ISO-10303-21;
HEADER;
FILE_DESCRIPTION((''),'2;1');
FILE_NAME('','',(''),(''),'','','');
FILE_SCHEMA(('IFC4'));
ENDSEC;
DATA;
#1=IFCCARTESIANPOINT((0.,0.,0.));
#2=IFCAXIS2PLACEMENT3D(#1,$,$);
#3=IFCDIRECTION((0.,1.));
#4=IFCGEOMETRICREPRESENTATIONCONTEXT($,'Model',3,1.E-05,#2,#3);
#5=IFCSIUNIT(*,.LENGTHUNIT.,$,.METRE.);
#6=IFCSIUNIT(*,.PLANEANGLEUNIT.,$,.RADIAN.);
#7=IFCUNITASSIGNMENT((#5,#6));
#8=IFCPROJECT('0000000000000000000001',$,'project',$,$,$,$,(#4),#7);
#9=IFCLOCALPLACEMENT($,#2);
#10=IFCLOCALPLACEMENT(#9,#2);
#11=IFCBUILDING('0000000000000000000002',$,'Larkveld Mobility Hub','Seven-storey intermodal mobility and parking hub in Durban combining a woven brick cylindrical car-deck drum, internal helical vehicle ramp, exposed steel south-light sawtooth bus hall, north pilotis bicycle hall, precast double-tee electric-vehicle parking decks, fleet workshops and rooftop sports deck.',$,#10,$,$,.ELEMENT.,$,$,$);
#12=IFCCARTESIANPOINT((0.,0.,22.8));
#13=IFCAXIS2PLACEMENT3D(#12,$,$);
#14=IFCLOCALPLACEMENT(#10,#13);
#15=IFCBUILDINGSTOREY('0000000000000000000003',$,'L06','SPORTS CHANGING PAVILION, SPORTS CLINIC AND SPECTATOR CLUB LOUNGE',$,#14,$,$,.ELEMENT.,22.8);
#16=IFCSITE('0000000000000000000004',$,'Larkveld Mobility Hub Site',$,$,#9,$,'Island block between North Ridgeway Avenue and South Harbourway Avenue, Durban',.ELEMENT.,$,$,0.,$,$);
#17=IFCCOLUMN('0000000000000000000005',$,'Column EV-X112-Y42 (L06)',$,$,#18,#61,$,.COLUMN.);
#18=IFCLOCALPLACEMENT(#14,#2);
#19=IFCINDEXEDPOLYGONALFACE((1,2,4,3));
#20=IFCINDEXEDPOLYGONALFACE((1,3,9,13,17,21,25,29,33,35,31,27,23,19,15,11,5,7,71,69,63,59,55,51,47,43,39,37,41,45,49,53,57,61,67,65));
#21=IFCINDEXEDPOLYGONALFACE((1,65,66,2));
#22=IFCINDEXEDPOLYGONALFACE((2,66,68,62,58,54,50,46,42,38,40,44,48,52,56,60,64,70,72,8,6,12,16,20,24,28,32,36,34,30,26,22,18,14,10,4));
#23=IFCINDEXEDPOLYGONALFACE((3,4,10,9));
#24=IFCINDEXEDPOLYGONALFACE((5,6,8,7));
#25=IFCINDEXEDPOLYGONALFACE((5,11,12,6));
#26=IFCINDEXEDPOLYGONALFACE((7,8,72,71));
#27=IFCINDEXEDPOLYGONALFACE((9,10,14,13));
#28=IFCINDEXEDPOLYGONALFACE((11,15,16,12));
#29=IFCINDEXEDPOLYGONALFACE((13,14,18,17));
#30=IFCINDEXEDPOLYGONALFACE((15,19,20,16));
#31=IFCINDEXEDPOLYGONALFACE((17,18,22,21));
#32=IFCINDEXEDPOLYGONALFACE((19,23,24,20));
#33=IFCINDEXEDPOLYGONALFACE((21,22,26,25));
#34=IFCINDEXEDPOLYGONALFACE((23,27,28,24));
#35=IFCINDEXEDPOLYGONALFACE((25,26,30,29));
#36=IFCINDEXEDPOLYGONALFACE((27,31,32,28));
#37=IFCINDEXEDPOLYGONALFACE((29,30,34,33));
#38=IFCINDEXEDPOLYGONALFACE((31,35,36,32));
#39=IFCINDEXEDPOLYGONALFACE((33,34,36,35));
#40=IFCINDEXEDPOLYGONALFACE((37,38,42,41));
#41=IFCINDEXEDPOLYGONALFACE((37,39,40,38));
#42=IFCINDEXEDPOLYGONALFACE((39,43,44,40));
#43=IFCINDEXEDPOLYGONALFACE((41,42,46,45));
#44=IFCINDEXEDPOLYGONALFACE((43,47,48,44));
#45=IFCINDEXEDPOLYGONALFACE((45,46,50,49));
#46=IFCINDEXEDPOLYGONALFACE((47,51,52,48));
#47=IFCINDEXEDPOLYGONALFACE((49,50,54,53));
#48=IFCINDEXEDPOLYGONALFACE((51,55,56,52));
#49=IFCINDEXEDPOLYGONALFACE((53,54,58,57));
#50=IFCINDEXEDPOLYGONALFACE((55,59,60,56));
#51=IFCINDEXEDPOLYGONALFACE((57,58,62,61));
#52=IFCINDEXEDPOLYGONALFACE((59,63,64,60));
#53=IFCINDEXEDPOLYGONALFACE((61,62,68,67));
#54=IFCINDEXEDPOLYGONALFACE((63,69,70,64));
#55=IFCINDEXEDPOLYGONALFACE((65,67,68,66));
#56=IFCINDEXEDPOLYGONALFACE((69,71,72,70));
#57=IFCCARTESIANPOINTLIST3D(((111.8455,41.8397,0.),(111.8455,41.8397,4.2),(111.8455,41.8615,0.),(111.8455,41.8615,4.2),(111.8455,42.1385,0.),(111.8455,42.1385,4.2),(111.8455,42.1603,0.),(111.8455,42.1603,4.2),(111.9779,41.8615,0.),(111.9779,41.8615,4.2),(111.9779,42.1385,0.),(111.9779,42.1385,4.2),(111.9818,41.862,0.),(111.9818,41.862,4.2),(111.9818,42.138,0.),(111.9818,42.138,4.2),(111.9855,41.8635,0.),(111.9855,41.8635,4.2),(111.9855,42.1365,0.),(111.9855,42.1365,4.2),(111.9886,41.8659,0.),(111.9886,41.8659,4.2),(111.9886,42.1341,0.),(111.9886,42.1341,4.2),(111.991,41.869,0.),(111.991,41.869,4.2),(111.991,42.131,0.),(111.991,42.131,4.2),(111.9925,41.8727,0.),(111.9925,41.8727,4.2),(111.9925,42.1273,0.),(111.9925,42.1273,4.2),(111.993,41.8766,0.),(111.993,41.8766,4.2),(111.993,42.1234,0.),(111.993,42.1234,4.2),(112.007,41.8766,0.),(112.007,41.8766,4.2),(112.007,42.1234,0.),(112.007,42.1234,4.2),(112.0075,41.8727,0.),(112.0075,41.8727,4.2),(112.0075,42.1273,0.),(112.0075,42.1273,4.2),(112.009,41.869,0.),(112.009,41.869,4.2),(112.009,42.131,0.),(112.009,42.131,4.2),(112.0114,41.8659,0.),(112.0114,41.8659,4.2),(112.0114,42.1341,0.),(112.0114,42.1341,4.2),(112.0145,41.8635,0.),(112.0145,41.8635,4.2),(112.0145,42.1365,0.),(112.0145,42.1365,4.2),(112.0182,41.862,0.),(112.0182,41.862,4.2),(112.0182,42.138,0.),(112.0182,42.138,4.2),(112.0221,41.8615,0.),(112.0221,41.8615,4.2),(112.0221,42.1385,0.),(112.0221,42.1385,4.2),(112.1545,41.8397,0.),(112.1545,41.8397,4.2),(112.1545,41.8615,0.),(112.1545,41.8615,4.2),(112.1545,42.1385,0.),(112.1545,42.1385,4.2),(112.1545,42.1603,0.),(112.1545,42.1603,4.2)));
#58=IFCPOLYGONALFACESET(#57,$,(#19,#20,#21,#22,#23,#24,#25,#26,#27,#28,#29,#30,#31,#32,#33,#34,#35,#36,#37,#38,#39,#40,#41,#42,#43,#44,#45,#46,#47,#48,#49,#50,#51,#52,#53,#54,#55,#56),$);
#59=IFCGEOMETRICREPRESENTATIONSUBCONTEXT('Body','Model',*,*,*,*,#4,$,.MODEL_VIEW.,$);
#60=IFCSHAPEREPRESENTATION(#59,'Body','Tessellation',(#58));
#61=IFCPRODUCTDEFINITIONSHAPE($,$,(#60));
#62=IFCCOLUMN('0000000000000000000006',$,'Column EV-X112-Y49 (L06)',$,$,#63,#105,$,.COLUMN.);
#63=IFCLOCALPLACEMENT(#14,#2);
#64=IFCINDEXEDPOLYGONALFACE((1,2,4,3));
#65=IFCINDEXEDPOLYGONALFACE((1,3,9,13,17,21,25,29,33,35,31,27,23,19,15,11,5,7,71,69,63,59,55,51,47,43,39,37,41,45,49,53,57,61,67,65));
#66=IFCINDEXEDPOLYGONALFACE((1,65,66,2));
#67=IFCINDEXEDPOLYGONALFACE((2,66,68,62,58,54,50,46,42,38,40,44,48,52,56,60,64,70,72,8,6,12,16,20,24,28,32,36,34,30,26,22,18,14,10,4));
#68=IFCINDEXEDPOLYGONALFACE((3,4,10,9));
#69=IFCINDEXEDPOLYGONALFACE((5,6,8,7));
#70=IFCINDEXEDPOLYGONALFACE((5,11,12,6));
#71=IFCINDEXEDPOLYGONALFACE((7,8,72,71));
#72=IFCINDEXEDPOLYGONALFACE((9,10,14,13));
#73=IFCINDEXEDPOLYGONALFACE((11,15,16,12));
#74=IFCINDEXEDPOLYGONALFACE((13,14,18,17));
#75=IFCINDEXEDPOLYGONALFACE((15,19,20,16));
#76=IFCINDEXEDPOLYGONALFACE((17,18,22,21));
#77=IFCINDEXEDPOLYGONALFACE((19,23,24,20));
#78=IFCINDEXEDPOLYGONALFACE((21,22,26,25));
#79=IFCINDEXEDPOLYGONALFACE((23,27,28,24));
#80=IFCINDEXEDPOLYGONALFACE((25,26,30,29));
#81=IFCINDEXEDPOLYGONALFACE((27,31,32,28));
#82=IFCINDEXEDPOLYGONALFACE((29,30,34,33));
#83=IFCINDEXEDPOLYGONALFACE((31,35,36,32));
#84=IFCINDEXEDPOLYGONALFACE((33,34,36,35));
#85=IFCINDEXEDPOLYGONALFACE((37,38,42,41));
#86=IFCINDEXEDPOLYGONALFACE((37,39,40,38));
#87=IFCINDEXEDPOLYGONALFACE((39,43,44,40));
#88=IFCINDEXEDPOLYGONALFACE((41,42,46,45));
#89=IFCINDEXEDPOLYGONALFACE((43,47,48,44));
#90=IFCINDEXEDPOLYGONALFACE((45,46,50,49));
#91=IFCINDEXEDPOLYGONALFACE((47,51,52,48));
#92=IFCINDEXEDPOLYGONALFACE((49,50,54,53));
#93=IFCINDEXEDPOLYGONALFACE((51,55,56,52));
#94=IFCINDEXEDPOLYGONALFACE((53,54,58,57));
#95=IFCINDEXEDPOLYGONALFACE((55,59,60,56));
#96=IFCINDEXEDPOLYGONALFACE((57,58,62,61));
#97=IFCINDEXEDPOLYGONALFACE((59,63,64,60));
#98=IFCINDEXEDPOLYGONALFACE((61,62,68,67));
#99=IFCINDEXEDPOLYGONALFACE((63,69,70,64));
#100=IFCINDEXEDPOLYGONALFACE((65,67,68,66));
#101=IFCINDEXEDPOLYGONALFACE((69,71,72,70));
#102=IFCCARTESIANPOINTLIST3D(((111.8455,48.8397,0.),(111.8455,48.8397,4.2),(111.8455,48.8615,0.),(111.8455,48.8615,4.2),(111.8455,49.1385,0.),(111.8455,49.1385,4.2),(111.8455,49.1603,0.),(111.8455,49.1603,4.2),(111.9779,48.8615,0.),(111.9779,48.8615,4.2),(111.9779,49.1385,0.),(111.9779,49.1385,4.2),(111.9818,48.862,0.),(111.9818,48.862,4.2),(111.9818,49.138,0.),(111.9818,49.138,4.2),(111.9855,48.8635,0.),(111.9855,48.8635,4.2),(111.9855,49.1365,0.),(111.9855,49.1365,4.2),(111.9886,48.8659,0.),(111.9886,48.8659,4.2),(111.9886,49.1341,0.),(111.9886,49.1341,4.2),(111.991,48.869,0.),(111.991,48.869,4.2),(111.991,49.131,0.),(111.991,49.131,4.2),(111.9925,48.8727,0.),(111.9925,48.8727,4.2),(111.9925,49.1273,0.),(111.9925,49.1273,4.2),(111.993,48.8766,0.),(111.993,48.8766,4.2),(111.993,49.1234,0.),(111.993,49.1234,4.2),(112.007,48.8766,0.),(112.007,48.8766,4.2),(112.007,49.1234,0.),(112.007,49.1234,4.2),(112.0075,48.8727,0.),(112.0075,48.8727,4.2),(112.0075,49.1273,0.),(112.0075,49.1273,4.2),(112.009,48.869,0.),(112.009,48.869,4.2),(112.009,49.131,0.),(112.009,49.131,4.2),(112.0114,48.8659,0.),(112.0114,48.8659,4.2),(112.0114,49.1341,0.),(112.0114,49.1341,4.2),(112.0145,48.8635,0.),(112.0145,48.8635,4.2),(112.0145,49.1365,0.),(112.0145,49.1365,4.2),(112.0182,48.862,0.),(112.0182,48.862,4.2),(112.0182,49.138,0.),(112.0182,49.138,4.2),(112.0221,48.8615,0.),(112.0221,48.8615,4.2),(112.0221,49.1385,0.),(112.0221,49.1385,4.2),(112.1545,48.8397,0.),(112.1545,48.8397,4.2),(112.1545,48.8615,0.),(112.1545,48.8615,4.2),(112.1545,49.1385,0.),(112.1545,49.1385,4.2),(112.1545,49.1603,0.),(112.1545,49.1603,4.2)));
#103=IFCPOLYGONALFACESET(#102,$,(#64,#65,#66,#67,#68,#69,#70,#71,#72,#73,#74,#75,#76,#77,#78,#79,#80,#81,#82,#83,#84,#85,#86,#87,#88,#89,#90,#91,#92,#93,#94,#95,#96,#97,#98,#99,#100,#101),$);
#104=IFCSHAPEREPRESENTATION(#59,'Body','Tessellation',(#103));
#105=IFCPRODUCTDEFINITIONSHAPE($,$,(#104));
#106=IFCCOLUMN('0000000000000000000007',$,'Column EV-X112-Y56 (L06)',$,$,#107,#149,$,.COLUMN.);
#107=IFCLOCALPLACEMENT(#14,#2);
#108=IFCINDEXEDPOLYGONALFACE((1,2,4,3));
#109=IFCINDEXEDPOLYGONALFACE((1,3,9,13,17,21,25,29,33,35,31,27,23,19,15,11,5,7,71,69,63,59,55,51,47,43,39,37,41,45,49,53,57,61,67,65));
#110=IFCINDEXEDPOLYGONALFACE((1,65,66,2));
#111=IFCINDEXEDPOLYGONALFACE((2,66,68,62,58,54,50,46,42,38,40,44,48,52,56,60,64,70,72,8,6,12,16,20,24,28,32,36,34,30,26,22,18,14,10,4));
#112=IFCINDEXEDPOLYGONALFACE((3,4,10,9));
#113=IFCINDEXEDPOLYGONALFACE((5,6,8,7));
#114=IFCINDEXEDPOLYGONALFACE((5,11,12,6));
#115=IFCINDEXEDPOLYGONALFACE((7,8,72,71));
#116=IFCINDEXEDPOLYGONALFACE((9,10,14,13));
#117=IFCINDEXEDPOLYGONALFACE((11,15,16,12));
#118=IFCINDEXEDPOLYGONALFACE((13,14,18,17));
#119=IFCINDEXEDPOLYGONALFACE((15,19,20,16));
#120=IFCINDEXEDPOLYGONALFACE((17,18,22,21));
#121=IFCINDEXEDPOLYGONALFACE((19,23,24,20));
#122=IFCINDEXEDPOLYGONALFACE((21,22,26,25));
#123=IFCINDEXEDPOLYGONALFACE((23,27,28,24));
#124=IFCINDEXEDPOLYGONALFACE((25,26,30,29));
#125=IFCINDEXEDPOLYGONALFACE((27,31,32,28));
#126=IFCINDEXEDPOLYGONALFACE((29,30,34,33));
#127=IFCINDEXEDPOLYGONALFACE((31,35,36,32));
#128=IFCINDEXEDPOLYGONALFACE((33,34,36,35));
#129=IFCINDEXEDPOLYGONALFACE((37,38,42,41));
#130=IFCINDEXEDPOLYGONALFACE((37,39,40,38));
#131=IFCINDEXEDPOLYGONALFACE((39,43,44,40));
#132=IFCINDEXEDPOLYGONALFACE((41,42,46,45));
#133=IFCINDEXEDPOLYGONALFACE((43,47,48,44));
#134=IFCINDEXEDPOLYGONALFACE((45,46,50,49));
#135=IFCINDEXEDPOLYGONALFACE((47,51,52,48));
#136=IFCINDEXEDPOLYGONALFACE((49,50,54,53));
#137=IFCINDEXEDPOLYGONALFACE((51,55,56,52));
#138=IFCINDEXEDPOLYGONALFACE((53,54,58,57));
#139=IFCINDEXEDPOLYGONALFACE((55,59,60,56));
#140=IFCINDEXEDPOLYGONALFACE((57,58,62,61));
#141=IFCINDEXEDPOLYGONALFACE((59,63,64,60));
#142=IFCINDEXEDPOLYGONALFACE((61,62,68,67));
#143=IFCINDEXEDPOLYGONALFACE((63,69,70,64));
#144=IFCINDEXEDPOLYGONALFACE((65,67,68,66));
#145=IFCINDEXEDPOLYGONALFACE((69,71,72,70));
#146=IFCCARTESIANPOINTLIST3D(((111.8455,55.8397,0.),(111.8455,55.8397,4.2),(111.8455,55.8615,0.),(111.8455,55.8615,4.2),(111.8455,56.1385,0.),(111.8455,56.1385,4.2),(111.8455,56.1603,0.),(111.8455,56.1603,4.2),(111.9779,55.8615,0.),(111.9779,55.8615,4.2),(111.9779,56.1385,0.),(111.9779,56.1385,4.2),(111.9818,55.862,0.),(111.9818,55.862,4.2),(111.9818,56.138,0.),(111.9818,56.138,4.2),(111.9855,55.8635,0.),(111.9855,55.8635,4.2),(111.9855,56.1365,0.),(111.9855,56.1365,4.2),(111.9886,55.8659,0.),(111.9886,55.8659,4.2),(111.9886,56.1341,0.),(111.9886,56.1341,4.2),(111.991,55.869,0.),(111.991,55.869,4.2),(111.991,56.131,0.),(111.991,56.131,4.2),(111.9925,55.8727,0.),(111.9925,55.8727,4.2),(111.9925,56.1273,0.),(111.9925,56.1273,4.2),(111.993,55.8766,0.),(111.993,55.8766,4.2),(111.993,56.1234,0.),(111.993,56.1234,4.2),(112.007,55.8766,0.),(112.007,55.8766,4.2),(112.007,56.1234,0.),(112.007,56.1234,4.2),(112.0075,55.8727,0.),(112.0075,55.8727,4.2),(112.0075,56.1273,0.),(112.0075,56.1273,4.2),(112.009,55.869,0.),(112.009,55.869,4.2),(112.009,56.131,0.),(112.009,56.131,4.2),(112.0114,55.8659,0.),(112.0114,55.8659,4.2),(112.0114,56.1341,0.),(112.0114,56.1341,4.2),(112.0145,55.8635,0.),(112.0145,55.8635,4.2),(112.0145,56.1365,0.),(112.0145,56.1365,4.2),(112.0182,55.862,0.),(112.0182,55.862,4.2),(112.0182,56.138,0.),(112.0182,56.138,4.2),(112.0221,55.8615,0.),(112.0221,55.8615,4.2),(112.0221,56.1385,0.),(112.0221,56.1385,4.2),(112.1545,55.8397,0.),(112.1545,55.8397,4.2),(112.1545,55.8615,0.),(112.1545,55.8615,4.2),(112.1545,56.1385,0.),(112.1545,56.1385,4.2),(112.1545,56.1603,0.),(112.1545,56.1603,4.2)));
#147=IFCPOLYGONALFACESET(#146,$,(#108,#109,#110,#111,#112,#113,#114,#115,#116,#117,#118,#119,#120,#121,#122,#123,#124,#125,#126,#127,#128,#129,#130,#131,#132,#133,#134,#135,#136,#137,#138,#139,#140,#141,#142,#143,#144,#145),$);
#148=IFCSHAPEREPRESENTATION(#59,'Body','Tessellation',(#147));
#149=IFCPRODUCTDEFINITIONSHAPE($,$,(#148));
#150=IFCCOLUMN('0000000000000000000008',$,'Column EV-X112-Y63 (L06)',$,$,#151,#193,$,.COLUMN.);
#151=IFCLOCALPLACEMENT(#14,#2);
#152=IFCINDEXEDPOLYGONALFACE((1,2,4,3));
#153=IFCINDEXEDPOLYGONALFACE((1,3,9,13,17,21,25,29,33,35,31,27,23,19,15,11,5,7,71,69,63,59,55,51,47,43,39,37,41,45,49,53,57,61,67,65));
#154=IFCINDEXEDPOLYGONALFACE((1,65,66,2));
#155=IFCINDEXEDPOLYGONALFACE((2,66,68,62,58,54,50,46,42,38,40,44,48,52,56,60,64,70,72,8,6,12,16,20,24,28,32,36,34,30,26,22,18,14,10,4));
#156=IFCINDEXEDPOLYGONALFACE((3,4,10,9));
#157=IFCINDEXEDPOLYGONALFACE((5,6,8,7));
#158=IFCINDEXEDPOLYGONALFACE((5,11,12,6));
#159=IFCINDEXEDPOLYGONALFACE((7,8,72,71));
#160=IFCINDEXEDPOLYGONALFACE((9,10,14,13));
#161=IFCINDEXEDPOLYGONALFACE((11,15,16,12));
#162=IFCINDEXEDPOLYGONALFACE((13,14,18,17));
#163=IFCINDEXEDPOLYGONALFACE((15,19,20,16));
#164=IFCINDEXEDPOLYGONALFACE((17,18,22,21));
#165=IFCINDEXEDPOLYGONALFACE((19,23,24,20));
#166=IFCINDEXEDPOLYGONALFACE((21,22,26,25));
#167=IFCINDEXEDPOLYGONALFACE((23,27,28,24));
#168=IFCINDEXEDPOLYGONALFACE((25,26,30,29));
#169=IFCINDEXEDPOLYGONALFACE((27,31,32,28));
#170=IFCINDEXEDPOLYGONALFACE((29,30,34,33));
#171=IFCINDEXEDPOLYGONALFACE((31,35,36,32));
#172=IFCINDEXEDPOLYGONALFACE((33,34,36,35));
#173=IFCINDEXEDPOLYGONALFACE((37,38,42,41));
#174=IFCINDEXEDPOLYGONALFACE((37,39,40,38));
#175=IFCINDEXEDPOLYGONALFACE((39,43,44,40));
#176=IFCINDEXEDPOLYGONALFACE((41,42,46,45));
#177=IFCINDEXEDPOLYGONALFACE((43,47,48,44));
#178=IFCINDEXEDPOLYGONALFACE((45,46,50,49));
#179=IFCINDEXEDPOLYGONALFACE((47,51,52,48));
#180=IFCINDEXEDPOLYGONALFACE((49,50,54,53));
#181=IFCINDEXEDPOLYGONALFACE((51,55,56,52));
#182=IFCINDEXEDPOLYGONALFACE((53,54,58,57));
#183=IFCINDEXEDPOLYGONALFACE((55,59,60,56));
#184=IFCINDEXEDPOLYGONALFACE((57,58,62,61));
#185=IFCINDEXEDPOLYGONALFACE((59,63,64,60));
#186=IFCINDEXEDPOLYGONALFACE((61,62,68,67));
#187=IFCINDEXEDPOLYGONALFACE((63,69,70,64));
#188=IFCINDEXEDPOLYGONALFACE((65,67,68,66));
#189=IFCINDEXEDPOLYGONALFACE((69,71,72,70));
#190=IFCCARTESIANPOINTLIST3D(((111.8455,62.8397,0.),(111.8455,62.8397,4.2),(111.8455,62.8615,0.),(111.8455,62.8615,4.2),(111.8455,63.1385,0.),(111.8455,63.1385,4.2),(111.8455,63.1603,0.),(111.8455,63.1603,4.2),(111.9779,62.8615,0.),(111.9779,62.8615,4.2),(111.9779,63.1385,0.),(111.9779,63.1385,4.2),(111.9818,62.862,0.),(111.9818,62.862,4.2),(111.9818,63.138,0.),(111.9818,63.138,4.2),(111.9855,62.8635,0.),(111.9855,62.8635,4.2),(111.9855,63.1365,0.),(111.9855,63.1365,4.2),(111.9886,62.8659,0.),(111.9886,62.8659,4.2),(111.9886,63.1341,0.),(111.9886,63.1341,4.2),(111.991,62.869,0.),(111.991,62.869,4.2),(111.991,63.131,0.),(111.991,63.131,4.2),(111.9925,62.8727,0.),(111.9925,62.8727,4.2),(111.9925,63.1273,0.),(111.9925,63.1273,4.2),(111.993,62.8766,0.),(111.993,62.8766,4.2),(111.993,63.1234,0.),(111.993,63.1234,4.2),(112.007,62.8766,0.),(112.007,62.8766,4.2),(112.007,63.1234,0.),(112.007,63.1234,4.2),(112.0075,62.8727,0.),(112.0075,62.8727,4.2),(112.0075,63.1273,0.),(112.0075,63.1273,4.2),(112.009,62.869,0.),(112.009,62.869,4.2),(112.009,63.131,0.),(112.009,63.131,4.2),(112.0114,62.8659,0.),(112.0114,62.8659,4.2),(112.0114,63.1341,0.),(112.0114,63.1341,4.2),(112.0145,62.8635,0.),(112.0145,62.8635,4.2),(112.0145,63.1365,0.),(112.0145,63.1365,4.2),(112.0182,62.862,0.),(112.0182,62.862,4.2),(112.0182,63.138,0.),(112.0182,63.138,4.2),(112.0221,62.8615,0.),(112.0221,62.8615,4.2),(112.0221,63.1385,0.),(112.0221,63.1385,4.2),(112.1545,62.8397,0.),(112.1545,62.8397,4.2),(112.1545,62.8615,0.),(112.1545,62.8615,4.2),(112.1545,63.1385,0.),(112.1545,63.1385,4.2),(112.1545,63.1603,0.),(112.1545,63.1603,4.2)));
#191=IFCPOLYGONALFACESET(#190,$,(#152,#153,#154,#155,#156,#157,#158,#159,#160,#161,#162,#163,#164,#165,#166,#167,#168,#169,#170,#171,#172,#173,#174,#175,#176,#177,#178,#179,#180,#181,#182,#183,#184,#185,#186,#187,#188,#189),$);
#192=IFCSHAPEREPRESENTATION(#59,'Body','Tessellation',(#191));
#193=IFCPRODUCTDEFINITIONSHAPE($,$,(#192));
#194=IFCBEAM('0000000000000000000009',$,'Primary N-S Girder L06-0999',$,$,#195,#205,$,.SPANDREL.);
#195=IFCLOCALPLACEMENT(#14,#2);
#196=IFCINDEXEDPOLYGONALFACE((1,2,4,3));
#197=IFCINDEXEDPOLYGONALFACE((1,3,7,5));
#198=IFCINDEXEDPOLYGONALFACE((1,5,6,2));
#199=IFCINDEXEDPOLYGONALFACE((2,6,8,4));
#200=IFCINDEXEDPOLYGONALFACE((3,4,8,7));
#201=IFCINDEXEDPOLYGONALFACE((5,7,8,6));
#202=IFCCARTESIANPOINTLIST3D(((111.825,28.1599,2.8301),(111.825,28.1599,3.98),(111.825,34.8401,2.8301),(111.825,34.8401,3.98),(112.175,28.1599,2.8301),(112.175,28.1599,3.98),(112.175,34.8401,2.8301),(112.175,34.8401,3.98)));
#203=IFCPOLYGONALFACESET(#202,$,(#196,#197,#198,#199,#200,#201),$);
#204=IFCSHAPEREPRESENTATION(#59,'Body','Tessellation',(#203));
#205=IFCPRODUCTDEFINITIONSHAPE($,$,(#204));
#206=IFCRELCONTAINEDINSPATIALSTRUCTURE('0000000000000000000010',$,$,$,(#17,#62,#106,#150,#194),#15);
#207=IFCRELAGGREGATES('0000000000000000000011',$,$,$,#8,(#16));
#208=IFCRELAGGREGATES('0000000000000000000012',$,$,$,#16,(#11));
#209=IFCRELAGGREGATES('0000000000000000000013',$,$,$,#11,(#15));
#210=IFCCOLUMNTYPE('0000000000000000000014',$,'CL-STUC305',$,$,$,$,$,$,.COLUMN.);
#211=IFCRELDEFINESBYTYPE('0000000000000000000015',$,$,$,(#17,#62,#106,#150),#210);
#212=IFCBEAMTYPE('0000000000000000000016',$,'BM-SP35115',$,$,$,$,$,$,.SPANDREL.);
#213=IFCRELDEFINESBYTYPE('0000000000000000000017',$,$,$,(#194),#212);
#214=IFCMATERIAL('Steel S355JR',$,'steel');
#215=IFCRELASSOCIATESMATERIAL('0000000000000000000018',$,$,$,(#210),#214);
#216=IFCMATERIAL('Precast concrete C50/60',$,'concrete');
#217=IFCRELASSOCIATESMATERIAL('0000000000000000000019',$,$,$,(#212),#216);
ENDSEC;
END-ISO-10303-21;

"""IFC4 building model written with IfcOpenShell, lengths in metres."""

from ifc_helpers import new_model, si_unit, direction, frame, origin, origin_2d, place, context, subcontext, project, spatial, rectangle, i_section, extrude, material, material_profile, profile_set, type_object, element, save


model = new_model("IFC4")

# Units and contexts
model_context = context("Model", 3, precision=1e-05, world=origin(), true_north=direction((0.0, 1.0)))
body_context = subcontext(model_context, "Body", "Model", "MODEL_VIEW")
ifc_project = project(units=[si_unit("LENGTHUNIT", "METRE"), si_unit("PLANEANGLEUNIT", "RADIAN")], contexts=[model_context])

# Site, building, storey
site_placement = place(None, origin())
site = spatial("IfcSite", under=ifc_project, at=site_placement, Name="Larkveld Mobility Hub Site", LongName="Island block between North Ridgeway Avenue and South Harbourway Avenue, Durban", CompositionType="ELEMENT", RefElevation=0.0)
building_placement = place(site_placement, origin())
building = spatial("IfcBuilding", under=site, at=building_placement, Name="Larkveld Mobility Hub", Description="Seven-storey intermodal mobility and parking hub in Durban combining a woven brick cylindrical car-deck drum, internal helical vehicle ramp, exposed steel south-light sawtooth bus hall, north pilotis bicycle hall, precast double-tee electric-vehicle parking decks, fleet workshops and rooftop sports deck.", CompositionType="ELEMENT")
storey_placement = place(building_placement, frame((0.0, 0.0, 22.8)))
storey = spatial("IfcBuildingStorey", under=building, at=storey_placement, Name="L06", Description="SPORTS CHANGING PAVILION, SPORTS CLINIC AND SPECTATOR CLUB LOUNGE", CompositionType="ELEMENT", Elevation=22.8)

# Columns
ifc_material_1 = material(Name="Steel S355JR", Category="steel")
ifc_material_profile_1 = material_profile(ifc_material_1, i_section(OverallWidth=0.3091, OverallDepth=0.3206, WebThickness=0.0139, FlangeThickness=0.0217, FilletRadius=0.0151, at=origin_2d()), Name="UC 305x305x137")
ifc_profile_set_1 = profile_set([ifc_material_profile_1], Name="Steel S355JR")
column_type = type_object("IfcColumnType", Name="CL-STUC305", PredefinedType="COLUMN", material=ifc_profile_set_1)
for number, where, z_axis, x_axis, name in (
    (1, (112.0, 42.0, 0.0), (0.0, 0.0, 1.0), (1.0, 0.0, 0.0), "Column EV-X112-Y42 (L06)"),
    (2, (112.0, 49.0, 0.0), (0.0, 0.0, 1.0), (1.0, 0.0, 0.0), "Column EV-X112-Y49 (L06)"),
    (3, (112.0, 56.0, 0.0), (0.0, 0.0, 1.0), (1.0, 0.0, 0.0), "Column EV-X112-Y56 (L06)"),
    (4, (112.0, 63.0, 0.0), (0.0, 0.0, 1.0), (1.0, 0.0, 0.0), "Column EV-X112-Y63 (L06)"),
):
    element("IfcColumn", number, at=place(storey_placement, frame(where, z_axis=z_axis, x_axis=x_axis)), inside=storey, type_object=column_type, Name=name, PredefinedType="COLUMN", context=body_context, shape_type="SweptSolid", body=[
        extrude(i_section(OverallWidth=0.3091, OverallDepth=0.3206, WebThickness=0.0139, FlangeThickness=0.0217, FilletRadius=0.0151, at=origin_2d()), origin(), (0.0, 0.0, 1.0), 4.2),
    ])

# Beam
ifc_material_2 = material(Name="Precast concrete C50/60", Category="concrete")
ifc_material_profile_2 = material_profile(ifc_material_2, rectangle(XDim=0.3501, YDim=1.1499, at=origin_2d()), Name="PC SP 350x1150")
ifc_profile_set_2 = profile_set([ifc_material_profile_2], Name="Precast concrete C50/60")
beam_type = type_object("IfcBeamType", Name="BM-SP35115", PredefinedType="SPANDREL", material=ifc_profile_set_2)
for number, where, z_axis, x_axis, name in (
    (5, (112.0, 28.1599, 3.405), (0.0, 1.0, 0.0), (-1.0, 0.0, 0.0), "Primary N-S Girder L06-0999"),
):
    element("IfcBeam", number, at=place(storey_placement, frame(where, z_axis=z_axis, x_axis=x_axis)), inside=storey, type_object=beam_type, Name=name, PredefinedType="SPANDREL", context=body_context, shape_type="SweptSolid", body=[
        extrude(rectangle(XDim=0.3501, YDim=1.1499, at=origin_2d()), origin(), (0.0, 0.0, 1.0), 6.6802),
    ])

save(model, "model.ifc")
